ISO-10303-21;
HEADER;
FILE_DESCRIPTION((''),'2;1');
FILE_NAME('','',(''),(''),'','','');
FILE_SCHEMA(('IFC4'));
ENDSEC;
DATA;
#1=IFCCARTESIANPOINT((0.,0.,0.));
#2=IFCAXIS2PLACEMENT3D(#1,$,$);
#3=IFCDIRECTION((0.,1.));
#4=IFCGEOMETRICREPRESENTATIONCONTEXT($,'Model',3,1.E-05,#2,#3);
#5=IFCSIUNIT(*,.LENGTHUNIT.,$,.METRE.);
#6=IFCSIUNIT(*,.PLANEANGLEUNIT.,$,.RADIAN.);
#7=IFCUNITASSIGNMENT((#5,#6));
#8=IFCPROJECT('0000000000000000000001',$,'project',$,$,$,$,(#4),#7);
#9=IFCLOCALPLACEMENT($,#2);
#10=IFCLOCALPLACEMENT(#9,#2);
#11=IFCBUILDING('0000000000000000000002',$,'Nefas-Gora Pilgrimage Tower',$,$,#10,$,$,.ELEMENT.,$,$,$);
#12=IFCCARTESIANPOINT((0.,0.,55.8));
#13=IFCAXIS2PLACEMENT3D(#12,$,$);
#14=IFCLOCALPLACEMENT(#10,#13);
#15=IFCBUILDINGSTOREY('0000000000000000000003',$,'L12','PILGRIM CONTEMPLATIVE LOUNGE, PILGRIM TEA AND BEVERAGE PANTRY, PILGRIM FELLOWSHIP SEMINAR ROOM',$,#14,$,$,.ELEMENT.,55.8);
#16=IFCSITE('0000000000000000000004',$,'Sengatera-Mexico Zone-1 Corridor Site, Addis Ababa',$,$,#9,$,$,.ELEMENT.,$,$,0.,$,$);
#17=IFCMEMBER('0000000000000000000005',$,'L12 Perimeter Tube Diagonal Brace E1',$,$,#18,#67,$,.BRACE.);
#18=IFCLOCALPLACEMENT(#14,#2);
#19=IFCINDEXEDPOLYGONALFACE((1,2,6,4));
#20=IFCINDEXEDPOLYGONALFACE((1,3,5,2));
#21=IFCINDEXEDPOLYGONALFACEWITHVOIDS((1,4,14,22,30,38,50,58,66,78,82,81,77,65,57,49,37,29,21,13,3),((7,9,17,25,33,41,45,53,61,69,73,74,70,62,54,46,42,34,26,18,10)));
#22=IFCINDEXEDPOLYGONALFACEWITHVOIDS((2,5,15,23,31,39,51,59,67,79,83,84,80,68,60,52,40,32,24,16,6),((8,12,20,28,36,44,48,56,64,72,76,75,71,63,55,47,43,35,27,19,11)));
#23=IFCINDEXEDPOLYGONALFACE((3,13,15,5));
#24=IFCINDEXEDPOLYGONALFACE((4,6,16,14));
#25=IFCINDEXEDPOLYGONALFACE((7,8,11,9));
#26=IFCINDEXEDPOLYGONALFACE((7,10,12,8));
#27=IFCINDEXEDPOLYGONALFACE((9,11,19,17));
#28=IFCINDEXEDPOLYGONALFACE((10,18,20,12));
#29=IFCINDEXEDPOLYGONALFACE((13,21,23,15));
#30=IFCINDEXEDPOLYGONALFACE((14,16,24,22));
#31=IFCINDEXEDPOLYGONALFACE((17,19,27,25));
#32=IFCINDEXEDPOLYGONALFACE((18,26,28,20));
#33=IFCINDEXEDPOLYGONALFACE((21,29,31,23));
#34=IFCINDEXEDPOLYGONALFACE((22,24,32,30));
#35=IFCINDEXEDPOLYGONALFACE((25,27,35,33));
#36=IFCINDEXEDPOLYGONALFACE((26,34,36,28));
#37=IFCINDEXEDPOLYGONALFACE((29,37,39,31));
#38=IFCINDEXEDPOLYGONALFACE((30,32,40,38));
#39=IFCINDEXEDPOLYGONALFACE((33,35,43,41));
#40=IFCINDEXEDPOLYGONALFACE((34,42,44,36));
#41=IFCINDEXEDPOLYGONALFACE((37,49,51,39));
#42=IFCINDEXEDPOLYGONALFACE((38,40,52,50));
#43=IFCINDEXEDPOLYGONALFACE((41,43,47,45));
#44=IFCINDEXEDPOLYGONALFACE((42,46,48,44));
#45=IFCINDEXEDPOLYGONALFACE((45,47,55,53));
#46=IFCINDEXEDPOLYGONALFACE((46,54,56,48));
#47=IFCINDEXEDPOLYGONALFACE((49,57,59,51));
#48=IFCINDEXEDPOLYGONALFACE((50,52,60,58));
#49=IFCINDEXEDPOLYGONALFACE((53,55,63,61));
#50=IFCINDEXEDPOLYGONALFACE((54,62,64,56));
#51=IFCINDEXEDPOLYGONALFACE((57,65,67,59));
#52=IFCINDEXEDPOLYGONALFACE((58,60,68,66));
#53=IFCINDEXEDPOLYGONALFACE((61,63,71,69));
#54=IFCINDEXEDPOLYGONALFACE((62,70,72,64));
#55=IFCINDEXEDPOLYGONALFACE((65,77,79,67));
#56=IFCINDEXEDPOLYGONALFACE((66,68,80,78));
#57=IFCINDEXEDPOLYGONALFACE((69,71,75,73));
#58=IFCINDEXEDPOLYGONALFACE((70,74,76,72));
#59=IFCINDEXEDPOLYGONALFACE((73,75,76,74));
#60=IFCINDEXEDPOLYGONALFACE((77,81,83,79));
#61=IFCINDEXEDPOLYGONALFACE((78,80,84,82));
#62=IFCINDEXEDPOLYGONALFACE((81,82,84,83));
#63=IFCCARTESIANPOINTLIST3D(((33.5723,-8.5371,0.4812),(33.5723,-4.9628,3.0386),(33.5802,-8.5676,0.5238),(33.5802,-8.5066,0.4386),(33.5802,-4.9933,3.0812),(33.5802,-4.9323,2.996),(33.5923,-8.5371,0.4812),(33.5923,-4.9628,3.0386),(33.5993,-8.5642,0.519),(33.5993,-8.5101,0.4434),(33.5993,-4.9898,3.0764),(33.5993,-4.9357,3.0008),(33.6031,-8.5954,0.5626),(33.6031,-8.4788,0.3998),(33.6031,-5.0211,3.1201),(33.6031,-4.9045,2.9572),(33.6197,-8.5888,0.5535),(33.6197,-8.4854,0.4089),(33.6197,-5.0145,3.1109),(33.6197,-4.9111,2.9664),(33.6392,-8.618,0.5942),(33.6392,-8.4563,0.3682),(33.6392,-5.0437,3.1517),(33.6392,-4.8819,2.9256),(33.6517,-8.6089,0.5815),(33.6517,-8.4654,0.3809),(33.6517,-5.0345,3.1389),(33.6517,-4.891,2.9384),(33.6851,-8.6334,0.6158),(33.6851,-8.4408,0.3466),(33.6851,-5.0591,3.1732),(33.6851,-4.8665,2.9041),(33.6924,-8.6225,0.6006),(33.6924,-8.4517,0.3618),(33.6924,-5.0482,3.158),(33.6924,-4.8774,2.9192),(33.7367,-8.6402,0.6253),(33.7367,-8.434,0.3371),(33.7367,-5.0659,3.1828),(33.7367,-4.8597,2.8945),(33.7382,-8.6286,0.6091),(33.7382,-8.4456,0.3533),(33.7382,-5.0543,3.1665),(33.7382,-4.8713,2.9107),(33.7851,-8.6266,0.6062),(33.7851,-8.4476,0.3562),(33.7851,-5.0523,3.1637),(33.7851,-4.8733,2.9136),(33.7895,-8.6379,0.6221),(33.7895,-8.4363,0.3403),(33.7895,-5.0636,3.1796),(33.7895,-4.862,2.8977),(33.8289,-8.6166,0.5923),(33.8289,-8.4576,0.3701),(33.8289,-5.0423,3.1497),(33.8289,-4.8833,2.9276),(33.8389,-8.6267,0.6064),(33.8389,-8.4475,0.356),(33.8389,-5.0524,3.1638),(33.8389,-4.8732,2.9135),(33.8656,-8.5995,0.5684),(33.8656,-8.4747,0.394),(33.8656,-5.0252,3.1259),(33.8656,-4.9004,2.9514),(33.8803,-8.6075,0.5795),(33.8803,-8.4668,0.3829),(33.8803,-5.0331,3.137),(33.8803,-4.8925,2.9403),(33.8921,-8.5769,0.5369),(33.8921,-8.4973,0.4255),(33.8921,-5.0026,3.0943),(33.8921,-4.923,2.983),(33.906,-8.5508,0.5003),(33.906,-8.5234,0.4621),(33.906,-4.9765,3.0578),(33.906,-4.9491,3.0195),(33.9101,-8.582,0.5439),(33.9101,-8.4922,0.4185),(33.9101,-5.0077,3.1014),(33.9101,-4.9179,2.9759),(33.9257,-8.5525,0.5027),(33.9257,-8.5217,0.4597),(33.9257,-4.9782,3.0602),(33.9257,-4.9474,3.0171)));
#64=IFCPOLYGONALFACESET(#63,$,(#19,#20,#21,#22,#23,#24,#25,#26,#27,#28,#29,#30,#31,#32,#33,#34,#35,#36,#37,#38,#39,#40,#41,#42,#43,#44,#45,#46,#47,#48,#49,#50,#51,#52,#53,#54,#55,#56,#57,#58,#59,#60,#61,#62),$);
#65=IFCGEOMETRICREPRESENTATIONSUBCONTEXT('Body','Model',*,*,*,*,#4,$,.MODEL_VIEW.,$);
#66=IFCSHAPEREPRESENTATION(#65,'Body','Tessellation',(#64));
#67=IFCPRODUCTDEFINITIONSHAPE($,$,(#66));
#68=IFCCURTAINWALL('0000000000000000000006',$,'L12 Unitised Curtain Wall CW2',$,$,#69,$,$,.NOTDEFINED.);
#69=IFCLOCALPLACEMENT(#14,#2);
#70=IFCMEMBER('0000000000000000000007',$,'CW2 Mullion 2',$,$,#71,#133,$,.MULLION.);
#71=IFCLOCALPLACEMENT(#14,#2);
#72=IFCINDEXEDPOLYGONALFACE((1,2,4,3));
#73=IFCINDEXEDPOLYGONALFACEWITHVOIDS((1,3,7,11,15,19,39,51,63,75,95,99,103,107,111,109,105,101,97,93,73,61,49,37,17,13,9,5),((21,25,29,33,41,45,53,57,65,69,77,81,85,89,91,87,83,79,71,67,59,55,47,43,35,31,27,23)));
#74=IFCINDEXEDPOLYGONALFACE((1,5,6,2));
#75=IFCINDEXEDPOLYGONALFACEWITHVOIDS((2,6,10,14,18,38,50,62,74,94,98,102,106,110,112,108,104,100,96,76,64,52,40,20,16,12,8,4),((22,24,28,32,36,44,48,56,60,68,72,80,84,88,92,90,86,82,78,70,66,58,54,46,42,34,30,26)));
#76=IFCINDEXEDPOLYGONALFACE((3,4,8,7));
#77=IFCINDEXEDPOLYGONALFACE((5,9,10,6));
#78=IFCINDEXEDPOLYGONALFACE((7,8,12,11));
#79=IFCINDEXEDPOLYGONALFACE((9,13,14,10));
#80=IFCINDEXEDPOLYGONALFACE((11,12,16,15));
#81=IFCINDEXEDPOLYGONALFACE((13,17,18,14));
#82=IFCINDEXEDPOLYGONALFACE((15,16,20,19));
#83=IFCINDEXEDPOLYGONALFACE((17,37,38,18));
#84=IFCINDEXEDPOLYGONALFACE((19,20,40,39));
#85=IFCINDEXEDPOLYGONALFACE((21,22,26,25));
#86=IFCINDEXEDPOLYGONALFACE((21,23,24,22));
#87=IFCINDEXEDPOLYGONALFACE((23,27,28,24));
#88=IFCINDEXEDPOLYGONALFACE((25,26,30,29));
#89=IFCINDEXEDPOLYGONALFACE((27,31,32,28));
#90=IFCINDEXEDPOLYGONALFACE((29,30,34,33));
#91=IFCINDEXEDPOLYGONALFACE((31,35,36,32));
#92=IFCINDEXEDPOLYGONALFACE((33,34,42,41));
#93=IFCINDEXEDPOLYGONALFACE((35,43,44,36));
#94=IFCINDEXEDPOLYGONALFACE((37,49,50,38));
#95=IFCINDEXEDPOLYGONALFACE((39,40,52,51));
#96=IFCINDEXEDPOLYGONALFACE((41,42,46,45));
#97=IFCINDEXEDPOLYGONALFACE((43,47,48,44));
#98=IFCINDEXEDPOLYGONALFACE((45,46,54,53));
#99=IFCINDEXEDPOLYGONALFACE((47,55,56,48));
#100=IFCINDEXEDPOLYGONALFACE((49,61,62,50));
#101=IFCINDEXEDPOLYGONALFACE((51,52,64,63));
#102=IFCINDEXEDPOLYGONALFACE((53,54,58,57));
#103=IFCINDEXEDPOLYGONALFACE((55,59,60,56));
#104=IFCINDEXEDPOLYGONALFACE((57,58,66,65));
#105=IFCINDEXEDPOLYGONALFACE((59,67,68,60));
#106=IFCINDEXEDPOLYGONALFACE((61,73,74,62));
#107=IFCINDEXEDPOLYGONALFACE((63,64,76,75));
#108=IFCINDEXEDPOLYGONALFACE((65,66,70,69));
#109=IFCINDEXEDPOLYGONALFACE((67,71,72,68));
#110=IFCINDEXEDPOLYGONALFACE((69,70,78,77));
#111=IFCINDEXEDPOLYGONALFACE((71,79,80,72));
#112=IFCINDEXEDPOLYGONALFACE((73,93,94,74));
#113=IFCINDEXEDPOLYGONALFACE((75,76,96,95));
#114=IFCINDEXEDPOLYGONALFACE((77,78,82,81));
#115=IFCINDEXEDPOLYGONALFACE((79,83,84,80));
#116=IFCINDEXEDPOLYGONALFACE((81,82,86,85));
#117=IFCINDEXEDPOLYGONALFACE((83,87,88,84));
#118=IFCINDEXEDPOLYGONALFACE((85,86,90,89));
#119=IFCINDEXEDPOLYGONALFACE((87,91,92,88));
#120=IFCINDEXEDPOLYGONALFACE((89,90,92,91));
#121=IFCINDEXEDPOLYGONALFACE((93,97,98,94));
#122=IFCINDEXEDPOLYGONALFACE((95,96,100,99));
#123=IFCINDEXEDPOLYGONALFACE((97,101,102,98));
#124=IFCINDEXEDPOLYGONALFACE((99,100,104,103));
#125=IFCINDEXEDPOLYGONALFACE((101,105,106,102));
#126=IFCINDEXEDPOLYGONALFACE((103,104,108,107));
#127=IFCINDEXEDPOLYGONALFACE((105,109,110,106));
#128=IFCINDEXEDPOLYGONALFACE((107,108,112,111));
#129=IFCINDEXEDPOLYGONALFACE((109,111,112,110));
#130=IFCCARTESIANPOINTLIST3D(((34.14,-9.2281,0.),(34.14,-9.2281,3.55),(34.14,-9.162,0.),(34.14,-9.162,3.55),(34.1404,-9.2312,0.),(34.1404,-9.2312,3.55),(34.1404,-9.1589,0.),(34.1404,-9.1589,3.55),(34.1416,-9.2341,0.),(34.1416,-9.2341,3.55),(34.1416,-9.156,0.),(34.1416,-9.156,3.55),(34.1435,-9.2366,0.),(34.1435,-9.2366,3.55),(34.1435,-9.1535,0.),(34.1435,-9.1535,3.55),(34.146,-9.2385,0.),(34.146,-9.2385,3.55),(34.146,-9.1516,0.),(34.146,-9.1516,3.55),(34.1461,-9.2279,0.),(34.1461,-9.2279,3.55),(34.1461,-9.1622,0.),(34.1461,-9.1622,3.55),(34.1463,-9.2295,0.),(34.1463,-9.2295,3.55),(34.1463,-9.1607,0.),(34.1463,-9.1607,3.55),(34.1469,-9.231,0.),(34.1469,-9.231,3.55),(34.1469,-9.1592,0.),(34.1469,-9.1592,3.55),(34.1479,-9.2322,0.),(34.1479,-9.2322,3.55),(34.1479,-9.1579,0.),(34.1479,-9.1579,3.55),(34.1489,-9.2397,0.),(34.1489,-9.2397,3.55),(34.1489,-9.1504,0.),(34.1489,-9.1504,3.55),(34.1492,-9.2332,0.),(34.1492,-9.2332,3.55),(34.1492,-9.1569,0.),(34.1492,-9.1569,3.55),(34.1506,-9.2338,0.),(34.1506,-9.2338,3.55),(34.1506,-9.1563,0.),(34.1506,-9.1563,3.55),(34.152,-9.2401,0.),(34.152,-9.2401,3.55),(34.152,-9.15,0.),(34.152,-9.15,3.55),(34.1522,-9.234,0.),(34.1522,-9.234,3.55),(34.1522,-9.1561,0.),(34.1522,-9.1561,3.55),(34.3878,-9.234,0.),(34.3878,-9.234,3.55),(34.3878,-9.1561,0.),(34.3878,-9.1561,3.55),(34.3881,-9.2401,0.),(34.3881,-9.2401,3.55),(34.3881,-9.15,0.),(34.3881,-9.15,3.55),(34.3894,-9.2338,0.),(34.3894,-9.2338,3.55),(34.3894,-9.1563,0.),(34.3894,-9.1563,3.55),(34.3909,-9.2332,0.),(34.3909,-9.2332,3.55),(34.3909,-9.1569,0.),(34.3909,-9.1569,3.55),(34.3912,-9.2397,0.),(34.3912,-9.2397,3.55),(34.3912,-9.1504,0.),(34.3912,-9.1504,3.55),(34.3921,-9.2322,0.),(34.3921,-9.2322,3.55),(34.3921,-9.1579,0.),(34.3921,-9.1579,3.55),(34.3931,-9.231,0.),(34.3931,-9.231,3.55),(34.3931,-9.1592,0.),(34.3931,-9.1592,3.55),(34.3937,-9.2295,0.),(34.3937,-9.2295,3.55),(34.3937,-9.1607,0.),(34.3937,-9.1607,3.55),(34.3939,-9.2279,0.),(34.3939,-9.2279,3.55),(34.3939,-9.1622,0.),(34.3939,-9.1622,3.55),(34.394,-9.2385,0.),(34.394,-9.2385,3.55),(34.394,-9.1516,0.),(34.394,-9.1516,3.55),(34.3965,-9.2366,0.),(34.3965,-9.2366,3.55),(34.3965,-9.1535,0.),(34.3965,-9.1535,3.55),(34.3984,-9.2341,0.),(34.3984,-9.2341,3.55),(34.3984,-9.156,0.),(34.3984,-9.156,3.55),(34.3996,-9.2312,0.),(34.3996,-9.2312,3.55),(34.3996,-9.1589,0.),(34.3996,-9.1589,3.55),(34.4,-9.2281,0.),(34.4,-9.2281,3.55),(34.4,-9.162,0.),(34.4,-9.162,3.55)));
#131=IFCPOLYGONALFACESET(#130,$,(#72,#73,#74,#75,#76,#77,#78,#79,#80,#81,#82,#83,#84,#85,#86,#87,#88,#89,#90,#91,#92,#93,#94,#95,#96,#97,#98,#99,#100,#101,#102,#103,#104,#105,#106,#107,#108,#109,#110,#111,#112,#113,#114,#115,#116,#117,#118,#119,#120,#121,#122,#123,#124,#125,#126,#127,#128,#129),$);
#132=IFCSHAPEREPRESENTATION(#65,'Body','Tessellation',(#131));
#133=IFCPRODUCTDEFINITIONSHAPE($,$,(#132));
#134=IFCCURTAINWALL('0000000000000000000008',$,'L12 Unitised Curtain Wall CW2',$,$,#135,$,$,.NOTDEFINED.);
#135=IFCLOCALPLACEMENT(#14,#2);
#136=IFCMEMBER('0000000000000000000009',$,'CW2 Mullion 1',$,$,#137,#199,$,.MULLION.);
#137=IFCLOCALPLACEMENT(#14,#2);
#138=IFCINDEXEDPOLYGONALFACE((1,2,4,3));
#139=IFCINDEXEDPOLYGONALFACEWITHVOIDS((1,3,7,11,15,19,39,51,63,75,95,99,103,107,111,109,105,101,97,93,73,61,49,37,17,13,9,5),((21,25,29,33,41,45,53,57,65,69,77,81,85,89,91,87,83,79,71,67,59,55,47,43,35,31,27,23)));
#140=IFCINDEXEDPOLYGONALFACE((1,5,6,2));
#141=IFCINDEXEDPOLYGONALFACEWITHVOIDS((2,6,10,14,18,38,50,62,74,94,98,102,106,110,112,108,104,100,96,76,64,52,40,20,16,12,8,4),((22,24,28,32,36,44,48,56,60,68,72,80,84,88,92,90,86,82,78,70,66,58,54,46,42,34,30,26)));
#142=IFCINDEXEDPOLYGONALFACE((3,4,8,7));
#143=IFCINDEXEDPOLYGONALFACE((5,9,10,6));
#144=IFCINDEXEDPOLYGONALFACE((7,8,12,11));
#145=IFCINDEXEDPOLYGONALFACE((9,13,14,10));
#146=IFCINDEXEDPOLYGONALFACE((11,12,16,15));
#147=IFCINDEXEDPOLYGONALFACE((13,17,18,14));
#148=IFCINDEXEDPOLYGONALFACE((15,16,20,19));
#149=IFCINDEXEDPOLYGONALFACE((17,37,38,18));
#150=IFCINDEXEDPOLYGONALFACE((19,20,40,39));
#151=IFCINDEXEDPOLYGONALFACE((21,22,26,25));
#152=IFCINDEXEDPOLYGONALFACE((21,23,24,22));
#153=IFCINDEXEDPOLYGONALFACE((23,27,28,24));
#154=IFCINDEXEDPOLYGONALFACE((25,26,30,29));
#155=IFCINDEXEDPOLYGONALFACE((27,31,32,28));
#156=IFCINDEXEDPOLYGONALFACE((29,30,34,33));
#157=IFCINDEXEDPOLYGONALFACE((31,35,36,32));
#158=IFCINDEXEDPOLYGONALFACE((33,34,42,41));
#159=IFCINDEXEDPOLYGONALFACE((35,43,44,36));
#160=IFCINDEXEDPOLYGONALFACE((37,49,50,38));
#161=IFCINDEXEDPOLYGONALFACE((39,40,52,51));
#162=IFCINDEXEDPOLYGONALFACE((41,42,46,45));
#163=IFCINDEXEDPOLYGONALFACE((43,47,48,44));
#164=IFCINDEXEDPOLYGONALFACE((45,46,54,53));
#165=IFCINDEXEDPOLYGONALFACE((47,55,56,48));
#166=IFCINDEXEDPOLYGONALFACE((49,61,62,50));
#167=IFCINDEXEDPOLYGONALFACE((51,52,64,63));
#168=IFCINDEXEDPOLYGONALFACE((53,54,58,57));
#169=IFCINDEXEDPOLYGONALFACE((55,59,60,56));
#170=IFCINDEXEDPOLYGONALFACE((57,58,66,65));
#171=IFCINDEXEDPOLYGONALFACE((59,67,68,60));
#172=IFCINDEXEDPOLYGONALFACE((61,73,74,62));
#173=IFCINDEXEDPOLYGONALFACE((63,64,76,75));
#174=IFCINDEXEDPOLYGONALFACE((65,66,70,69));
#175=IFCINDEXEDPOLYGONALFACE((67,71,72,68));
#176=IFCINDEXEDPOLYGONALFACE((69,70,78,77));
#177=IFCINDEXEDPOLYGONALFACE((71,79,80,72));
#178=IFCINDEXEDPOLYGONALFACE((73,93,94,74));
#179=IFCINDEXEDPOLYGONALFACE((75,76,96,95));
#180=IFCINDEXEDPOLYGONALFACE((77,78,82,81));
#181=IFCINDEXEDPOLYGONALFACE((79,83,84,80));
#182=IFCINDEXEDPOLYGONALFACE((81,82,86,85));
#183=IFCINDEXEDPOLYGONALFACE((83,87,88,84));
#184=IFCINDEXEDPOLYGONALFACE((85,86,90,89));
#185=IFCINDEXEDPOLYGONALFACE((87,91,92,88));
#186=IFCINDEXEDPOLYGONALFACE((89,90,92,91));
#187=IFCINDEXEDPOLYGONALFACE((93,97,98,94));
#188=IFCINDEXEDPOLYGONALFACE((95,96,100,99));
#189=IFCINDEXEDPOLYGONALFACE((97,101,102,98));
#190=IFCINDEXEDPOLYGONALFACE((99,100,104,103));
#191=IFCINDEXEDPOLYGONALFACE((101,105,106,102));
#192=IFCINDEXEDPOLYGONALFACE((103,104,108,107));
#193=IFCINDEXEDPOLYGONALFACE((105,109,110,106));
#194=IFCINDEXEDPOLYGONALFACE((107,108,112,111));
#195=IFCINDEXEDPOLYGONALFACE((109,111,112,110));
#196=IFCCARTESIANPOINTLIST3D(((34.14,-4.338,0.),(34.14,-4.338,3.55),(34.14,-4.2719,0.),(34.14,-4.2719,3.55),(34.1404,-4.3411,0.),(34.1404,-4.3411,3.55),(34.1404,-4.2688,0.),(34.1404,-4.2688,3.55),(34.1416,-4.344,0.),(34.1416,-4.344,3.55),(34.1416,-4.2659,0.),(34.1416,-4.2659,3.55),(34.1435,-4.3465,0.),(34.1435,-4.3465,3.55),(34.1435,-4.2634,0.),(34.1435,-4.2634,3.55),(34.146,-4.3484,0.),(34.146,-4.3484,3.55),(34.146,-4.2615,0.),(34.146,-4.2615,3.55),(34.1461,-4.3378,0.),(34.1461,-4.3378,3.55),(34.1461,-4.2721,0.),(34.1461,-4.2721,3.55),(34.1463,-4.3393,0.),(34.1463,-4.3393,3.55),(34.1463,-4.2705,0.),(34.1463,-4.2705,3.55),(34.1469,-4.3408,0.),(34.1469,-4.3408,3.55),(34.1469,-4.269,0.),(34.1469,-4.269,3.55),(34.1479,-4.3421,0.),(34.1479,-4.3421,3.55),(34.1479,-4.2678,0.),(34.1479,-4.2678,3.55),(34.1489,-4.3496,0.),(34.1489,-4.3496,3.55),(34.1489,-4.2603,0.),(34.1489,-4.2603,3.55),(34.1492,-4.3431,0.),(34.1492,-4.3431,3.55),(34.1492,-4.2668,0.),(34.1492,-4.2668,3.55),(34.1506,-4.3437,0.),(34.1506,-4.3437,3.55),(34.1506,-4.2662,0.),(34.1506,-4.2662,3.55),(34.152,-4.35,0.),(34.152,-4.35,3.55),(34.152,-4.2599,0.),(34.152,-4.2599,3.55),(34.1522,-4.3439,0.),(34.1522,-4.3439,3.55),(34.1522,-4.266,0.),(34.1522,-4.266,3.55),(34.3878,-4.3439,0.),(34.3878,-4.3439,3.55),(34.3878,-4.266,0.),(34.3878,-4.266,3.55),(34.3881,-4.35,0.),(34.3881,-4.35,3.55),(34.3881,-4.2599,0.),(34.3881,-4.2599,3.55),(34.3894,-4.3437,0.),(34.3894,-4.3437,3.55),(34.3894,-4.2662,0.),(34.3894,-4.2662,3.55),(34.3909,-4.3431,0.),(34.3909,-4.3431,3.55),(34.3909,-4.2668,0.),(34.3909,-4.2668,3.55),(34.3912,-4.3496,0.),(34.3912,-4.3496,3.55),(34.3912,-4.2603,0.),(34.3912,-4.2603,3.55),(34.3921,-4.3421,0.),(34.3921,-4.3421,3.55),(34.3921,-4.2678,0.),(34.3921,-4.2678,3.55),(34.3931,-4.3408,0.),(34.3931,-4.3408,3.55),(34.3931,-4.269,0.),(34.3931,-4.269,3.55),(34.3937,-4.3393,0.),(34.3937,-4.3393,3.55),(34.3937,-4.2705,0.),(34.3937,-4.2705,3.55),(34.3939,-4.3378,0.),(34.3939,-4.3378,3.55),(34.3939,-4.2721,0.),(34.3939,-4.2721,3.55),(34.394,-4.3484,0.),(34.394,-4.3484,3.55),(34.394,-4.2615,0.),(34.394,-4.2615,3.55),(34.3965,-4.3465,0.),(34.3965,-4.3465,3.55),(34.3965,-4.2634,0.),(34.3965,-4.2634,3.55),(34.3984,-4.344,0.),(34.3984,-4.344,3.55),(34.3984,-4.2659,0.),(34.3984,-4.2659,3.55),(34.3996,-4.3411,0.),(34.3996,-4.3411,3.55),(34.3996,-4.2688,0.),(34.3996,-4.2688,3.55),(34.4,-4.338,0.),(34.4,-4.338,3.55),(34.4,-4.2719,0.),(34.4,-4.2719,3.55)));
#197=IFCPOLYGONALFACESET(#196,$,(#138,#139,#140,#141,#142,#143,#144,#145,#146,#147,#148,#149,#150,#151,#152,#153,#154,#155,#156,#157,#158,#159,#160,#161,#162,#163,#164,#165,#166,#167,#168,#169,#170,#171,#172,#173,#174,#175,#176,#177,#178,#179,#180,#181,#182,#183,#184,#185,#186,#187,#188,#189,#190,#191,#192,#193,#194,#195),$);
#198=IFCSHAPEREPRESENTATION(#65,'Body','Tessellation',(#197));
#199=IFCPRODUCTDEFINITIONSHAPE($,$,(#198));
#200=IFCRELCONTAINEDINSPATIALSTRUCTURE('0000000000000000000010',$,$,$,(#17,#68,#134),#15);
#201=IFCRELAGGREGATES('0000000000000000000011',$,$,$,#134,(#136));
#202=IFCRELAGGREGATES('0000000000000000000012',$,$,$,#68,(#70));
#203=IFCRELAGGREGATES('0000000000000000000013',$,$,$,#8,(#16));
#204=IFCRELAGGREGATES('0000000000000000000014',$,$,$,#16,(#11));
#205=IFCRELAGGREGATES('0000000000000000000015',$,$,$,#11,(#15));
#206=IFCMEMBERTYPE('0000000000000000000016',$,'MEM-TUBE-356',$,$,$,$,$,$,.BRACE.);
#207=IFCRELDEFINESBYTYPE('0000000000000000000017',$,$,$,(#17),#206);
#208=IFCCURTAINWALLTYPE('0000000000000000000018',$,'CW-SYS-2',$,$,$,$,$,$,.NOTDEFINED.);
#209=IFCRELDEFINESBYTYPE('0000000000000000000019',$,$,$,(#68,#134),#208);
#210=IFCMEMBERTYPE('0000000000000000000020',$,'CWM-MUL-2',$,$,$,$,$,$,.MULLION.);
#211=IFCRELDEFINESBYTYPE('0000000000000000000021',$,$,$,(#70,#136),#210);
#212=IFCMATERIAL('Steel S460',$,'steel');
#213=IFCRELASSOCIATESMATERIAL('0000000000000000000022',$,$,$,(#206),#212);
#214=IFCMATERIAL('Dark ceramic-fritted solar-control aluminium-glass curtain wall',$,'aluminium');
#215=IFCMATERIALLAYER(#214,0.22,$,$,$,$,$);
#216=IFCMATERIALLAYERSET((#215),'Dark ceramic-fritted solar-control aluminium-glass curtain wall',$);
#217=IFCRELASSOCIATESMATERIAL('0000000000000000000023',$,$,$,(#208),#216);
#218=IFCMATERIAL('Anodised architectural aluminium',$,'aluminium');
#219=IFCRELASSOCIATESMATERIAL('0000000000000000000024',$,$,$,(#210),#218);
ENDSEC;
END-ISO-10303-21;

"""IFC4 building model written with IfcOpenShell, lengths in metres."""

from ifc_helpers import new_model, si_unit, direction, frame, origin, origin_2d, place, context, subcontext, project, spatial, hollow_rectangle, hollow_circle, extrude, source, transform, mapped, material, layer, layer_set, material_profile, profile_set, type_object, element, aggregate, save


model = new_model("IFC4")

# Units and contexts
model_context = context("Model", 3, precision=1e-05, world=origin(), true_north=direction((0.0, 1.0)))
body_context = subcontext(model_context, "Body", "Model", "MODEL_VIEW")
ifc_project = project(units=[si_unit("LENGTHUNIT", "METRE"), si_unit("PLANEANGLEUNIT", "RADIAN")], contexts=[model_context])

# Site, building, storey
site_placement = place(None, origin())
site = spatial("IfcSite", under=ifc_project, at=site_placement, Name="Sengatera-Mexico Zone-1 Corridor Site, Addis Ababa", CompositionType="ELEMENT", RefElevation=0.0)
building_placement = place(site_placement, origin())
building = spatial("IfcBuilding", under=site, at=building_placement, Name="Nefas-Gora Pilgrimage Tower", CompositionType="ELEMENT")
storey_placement = place(building_placement, frame((0.0, 0.0, 55.8)))
storey = spatial("IfcBuildingStorey", under=building, at=storey_placement, Name="L12", Description="PILGRIM CONTEMPLATIVE LOUNGE, PILGRIM TEA AND BEVERAGE PANTRY, PILGRIM FELLOWSHIP SEMINAR ROOM", CompositionType="ELEMENT", Elevation=55.8)

# Shared definitions
ifc_material_1 = material(Name="Steel S460", Category="steel")

# Member
ifc_material_profile_1 = material_profile(ifc_material_1, hollow_circle(Radius=0.1777, WallThickness=0.02, at=origin_2d()), Name="CHS 355.6x20")
ifc_profile_set_1 = profile_set([ifc_material_profile_1], Name="Steel S460")
member_type_1 = type_object("IfcMemberType", Name="MEM-TUBE-356", PredefinedType="BRACE", material=ifc_profile_set_1)
shared_shape_1 = source(origin(), body_context, "Body", "SweptSolid", [
    extrude(hollow_circle(Radius=0.1777, WallThickness=0.02, at=origin_2d()), origin(), (0.0, 0.0, 1.0), 4.395),
])
member_1_placement = place(storey_placement, frame((33.75, -8.5371, 0.4812), z_axis=(0.0, 0.813264, 0.581895), x_axis=(-1.0, 0.0, 0.0)))
element("IfcMember", 1, at=member_1_placement, inside=storey, type_object=member_type_1, Name="L12 Perimeter Tube Diagonal Brace E1", PredefinedType="BRACE", context=body_context, shape_type="MappedRepresentation", body=[
    mapped(shared_shape_1, transform((0.0, 0.0, 0.0), x_axis=(1.0, 0.0, 0.0), y_axis=(0.0, 1.0, 0.0), z_axis=(0.0, 0.0, 1.0), scale=1.0)),
])

# Curtain wall, member
ifc_material_2 = material(Name="Dark ceramic-fritted solar-control aluminium-glass curtain wall", Category="aluminium")
ifc_layer_1 = layer(ifc_material_2, 0.22)
ifc_layer_set_1 = layer_set([ifc_layer_1], Name="Dark ceramic-fritted solar-control aluminium-glass curtain wall")
curtain_wall_type = type_object("IfcCurtainWallType", Name="CW-SYS-2", PredefinedType="NOTDEFINED", material=ifc_layer_set_1)
curtain_wall_1_placement = place(storey_placement, origin())
curtain_wall_1 = element("IfcCurtainWall", 2, at=curtain_wall_1_placement, inside=storey, type_object=curtain_wall_type, Name="L12 Unitised Curtain Wall CW2", PredefinedType="NOTDEFINED")
ifc_material_3 = material(Name="Anodised architectural aluminium", Category="aluminium")
ifc_material_profile_2 = material_profile(ifc_material_3, hollow_rectangle(XDim=0.0901, YDim=0.26, WallThickness=0.0061, InnerFilletRadius=0.0061, OuterFilletRadius=0.012, at=origin_2d()), Name="ALU MULLION 90x260")
ifc_profile_set_2 = profile_set([ifc_material_profile_2], Name="Anodised architectural aluminium")
member_type_2 = type_object("IfcMemberType", Name="CWM-MUL-2", PredefinedType="MULLION", material=ifc_profile_set_2)
shared_shape_2 = source(origin(), body_context, "Body", "SweptSolid", [
    extrude(hollow_rectangle(XDim=0.0901, YDim=0.26, WallThickness=0.0061, InnerFilletRadius=0.0061, OuterFilletRadius=0.012, at=origin_2d()), origin(), (0.0, 0.0, 1.0), 3.55),
])
member_2_placement = place(storey_placement, frame((34.27, -9.1951, 0.0), z_axis=(0.0, 0.0, 1.0), x_axis=(0.0, 1.0, 0.0)))
member_2 = element("IfcMember", 3, at=member_2_placement, type_object=member_type_2, Name="CW2 Mullion 2", PredefinedType="MULLION", context=body_context, shape_type="MappedRepresentation", body=[
    mapped(shared_shape_2, transform((0.0, 0.0, 0.0), x_axis=(1.0, 0.0, 0.0), y_axis=(0.0, 1.0, 0.0), z_axis=(0.0, 0.0, 1.0), scale=1.0)),
])

# Curtain wall, member
curtain_wall_2_placement = place(storey_placement, origin())
curtain_wall_2 = element("IfcCurtainWall", 4, at=curtain_wall_2_placement, inside=storey, type_object=curtain_wall_type, Name="L12 Unitised Curtain Wall CW2", PredefinedType="NOTDEFINED")
member_3_placement = place(storey_placement, frame((34.27, -4.3049, 0.0), z_axis=(0.0, 0.0, 1.0), x_axis=(0.0, 1.0, 0.0)))
member_3 = element("IfcMember", 5, at=member_3_placement, type_object=member_type_2, Name="CW2 Mullion 1", PredefinedType="MULLION", context=body_context, shape_type="MappedRepresentation", body=[
    mapped(shared_shape_2, transform((0.0, 0.0, 0.0), x_axis=(1.0, 0.0, 0.0), y_axis=(0.0, 1.0, 0.0), z_axis=(0.0, 0.0, 1.0), scale=1.0)),
])
aggregate(curtain_wall_2, [member_3])

aggregate(curtain_wall_1, [member_2])

save(model, "model.ifc")
